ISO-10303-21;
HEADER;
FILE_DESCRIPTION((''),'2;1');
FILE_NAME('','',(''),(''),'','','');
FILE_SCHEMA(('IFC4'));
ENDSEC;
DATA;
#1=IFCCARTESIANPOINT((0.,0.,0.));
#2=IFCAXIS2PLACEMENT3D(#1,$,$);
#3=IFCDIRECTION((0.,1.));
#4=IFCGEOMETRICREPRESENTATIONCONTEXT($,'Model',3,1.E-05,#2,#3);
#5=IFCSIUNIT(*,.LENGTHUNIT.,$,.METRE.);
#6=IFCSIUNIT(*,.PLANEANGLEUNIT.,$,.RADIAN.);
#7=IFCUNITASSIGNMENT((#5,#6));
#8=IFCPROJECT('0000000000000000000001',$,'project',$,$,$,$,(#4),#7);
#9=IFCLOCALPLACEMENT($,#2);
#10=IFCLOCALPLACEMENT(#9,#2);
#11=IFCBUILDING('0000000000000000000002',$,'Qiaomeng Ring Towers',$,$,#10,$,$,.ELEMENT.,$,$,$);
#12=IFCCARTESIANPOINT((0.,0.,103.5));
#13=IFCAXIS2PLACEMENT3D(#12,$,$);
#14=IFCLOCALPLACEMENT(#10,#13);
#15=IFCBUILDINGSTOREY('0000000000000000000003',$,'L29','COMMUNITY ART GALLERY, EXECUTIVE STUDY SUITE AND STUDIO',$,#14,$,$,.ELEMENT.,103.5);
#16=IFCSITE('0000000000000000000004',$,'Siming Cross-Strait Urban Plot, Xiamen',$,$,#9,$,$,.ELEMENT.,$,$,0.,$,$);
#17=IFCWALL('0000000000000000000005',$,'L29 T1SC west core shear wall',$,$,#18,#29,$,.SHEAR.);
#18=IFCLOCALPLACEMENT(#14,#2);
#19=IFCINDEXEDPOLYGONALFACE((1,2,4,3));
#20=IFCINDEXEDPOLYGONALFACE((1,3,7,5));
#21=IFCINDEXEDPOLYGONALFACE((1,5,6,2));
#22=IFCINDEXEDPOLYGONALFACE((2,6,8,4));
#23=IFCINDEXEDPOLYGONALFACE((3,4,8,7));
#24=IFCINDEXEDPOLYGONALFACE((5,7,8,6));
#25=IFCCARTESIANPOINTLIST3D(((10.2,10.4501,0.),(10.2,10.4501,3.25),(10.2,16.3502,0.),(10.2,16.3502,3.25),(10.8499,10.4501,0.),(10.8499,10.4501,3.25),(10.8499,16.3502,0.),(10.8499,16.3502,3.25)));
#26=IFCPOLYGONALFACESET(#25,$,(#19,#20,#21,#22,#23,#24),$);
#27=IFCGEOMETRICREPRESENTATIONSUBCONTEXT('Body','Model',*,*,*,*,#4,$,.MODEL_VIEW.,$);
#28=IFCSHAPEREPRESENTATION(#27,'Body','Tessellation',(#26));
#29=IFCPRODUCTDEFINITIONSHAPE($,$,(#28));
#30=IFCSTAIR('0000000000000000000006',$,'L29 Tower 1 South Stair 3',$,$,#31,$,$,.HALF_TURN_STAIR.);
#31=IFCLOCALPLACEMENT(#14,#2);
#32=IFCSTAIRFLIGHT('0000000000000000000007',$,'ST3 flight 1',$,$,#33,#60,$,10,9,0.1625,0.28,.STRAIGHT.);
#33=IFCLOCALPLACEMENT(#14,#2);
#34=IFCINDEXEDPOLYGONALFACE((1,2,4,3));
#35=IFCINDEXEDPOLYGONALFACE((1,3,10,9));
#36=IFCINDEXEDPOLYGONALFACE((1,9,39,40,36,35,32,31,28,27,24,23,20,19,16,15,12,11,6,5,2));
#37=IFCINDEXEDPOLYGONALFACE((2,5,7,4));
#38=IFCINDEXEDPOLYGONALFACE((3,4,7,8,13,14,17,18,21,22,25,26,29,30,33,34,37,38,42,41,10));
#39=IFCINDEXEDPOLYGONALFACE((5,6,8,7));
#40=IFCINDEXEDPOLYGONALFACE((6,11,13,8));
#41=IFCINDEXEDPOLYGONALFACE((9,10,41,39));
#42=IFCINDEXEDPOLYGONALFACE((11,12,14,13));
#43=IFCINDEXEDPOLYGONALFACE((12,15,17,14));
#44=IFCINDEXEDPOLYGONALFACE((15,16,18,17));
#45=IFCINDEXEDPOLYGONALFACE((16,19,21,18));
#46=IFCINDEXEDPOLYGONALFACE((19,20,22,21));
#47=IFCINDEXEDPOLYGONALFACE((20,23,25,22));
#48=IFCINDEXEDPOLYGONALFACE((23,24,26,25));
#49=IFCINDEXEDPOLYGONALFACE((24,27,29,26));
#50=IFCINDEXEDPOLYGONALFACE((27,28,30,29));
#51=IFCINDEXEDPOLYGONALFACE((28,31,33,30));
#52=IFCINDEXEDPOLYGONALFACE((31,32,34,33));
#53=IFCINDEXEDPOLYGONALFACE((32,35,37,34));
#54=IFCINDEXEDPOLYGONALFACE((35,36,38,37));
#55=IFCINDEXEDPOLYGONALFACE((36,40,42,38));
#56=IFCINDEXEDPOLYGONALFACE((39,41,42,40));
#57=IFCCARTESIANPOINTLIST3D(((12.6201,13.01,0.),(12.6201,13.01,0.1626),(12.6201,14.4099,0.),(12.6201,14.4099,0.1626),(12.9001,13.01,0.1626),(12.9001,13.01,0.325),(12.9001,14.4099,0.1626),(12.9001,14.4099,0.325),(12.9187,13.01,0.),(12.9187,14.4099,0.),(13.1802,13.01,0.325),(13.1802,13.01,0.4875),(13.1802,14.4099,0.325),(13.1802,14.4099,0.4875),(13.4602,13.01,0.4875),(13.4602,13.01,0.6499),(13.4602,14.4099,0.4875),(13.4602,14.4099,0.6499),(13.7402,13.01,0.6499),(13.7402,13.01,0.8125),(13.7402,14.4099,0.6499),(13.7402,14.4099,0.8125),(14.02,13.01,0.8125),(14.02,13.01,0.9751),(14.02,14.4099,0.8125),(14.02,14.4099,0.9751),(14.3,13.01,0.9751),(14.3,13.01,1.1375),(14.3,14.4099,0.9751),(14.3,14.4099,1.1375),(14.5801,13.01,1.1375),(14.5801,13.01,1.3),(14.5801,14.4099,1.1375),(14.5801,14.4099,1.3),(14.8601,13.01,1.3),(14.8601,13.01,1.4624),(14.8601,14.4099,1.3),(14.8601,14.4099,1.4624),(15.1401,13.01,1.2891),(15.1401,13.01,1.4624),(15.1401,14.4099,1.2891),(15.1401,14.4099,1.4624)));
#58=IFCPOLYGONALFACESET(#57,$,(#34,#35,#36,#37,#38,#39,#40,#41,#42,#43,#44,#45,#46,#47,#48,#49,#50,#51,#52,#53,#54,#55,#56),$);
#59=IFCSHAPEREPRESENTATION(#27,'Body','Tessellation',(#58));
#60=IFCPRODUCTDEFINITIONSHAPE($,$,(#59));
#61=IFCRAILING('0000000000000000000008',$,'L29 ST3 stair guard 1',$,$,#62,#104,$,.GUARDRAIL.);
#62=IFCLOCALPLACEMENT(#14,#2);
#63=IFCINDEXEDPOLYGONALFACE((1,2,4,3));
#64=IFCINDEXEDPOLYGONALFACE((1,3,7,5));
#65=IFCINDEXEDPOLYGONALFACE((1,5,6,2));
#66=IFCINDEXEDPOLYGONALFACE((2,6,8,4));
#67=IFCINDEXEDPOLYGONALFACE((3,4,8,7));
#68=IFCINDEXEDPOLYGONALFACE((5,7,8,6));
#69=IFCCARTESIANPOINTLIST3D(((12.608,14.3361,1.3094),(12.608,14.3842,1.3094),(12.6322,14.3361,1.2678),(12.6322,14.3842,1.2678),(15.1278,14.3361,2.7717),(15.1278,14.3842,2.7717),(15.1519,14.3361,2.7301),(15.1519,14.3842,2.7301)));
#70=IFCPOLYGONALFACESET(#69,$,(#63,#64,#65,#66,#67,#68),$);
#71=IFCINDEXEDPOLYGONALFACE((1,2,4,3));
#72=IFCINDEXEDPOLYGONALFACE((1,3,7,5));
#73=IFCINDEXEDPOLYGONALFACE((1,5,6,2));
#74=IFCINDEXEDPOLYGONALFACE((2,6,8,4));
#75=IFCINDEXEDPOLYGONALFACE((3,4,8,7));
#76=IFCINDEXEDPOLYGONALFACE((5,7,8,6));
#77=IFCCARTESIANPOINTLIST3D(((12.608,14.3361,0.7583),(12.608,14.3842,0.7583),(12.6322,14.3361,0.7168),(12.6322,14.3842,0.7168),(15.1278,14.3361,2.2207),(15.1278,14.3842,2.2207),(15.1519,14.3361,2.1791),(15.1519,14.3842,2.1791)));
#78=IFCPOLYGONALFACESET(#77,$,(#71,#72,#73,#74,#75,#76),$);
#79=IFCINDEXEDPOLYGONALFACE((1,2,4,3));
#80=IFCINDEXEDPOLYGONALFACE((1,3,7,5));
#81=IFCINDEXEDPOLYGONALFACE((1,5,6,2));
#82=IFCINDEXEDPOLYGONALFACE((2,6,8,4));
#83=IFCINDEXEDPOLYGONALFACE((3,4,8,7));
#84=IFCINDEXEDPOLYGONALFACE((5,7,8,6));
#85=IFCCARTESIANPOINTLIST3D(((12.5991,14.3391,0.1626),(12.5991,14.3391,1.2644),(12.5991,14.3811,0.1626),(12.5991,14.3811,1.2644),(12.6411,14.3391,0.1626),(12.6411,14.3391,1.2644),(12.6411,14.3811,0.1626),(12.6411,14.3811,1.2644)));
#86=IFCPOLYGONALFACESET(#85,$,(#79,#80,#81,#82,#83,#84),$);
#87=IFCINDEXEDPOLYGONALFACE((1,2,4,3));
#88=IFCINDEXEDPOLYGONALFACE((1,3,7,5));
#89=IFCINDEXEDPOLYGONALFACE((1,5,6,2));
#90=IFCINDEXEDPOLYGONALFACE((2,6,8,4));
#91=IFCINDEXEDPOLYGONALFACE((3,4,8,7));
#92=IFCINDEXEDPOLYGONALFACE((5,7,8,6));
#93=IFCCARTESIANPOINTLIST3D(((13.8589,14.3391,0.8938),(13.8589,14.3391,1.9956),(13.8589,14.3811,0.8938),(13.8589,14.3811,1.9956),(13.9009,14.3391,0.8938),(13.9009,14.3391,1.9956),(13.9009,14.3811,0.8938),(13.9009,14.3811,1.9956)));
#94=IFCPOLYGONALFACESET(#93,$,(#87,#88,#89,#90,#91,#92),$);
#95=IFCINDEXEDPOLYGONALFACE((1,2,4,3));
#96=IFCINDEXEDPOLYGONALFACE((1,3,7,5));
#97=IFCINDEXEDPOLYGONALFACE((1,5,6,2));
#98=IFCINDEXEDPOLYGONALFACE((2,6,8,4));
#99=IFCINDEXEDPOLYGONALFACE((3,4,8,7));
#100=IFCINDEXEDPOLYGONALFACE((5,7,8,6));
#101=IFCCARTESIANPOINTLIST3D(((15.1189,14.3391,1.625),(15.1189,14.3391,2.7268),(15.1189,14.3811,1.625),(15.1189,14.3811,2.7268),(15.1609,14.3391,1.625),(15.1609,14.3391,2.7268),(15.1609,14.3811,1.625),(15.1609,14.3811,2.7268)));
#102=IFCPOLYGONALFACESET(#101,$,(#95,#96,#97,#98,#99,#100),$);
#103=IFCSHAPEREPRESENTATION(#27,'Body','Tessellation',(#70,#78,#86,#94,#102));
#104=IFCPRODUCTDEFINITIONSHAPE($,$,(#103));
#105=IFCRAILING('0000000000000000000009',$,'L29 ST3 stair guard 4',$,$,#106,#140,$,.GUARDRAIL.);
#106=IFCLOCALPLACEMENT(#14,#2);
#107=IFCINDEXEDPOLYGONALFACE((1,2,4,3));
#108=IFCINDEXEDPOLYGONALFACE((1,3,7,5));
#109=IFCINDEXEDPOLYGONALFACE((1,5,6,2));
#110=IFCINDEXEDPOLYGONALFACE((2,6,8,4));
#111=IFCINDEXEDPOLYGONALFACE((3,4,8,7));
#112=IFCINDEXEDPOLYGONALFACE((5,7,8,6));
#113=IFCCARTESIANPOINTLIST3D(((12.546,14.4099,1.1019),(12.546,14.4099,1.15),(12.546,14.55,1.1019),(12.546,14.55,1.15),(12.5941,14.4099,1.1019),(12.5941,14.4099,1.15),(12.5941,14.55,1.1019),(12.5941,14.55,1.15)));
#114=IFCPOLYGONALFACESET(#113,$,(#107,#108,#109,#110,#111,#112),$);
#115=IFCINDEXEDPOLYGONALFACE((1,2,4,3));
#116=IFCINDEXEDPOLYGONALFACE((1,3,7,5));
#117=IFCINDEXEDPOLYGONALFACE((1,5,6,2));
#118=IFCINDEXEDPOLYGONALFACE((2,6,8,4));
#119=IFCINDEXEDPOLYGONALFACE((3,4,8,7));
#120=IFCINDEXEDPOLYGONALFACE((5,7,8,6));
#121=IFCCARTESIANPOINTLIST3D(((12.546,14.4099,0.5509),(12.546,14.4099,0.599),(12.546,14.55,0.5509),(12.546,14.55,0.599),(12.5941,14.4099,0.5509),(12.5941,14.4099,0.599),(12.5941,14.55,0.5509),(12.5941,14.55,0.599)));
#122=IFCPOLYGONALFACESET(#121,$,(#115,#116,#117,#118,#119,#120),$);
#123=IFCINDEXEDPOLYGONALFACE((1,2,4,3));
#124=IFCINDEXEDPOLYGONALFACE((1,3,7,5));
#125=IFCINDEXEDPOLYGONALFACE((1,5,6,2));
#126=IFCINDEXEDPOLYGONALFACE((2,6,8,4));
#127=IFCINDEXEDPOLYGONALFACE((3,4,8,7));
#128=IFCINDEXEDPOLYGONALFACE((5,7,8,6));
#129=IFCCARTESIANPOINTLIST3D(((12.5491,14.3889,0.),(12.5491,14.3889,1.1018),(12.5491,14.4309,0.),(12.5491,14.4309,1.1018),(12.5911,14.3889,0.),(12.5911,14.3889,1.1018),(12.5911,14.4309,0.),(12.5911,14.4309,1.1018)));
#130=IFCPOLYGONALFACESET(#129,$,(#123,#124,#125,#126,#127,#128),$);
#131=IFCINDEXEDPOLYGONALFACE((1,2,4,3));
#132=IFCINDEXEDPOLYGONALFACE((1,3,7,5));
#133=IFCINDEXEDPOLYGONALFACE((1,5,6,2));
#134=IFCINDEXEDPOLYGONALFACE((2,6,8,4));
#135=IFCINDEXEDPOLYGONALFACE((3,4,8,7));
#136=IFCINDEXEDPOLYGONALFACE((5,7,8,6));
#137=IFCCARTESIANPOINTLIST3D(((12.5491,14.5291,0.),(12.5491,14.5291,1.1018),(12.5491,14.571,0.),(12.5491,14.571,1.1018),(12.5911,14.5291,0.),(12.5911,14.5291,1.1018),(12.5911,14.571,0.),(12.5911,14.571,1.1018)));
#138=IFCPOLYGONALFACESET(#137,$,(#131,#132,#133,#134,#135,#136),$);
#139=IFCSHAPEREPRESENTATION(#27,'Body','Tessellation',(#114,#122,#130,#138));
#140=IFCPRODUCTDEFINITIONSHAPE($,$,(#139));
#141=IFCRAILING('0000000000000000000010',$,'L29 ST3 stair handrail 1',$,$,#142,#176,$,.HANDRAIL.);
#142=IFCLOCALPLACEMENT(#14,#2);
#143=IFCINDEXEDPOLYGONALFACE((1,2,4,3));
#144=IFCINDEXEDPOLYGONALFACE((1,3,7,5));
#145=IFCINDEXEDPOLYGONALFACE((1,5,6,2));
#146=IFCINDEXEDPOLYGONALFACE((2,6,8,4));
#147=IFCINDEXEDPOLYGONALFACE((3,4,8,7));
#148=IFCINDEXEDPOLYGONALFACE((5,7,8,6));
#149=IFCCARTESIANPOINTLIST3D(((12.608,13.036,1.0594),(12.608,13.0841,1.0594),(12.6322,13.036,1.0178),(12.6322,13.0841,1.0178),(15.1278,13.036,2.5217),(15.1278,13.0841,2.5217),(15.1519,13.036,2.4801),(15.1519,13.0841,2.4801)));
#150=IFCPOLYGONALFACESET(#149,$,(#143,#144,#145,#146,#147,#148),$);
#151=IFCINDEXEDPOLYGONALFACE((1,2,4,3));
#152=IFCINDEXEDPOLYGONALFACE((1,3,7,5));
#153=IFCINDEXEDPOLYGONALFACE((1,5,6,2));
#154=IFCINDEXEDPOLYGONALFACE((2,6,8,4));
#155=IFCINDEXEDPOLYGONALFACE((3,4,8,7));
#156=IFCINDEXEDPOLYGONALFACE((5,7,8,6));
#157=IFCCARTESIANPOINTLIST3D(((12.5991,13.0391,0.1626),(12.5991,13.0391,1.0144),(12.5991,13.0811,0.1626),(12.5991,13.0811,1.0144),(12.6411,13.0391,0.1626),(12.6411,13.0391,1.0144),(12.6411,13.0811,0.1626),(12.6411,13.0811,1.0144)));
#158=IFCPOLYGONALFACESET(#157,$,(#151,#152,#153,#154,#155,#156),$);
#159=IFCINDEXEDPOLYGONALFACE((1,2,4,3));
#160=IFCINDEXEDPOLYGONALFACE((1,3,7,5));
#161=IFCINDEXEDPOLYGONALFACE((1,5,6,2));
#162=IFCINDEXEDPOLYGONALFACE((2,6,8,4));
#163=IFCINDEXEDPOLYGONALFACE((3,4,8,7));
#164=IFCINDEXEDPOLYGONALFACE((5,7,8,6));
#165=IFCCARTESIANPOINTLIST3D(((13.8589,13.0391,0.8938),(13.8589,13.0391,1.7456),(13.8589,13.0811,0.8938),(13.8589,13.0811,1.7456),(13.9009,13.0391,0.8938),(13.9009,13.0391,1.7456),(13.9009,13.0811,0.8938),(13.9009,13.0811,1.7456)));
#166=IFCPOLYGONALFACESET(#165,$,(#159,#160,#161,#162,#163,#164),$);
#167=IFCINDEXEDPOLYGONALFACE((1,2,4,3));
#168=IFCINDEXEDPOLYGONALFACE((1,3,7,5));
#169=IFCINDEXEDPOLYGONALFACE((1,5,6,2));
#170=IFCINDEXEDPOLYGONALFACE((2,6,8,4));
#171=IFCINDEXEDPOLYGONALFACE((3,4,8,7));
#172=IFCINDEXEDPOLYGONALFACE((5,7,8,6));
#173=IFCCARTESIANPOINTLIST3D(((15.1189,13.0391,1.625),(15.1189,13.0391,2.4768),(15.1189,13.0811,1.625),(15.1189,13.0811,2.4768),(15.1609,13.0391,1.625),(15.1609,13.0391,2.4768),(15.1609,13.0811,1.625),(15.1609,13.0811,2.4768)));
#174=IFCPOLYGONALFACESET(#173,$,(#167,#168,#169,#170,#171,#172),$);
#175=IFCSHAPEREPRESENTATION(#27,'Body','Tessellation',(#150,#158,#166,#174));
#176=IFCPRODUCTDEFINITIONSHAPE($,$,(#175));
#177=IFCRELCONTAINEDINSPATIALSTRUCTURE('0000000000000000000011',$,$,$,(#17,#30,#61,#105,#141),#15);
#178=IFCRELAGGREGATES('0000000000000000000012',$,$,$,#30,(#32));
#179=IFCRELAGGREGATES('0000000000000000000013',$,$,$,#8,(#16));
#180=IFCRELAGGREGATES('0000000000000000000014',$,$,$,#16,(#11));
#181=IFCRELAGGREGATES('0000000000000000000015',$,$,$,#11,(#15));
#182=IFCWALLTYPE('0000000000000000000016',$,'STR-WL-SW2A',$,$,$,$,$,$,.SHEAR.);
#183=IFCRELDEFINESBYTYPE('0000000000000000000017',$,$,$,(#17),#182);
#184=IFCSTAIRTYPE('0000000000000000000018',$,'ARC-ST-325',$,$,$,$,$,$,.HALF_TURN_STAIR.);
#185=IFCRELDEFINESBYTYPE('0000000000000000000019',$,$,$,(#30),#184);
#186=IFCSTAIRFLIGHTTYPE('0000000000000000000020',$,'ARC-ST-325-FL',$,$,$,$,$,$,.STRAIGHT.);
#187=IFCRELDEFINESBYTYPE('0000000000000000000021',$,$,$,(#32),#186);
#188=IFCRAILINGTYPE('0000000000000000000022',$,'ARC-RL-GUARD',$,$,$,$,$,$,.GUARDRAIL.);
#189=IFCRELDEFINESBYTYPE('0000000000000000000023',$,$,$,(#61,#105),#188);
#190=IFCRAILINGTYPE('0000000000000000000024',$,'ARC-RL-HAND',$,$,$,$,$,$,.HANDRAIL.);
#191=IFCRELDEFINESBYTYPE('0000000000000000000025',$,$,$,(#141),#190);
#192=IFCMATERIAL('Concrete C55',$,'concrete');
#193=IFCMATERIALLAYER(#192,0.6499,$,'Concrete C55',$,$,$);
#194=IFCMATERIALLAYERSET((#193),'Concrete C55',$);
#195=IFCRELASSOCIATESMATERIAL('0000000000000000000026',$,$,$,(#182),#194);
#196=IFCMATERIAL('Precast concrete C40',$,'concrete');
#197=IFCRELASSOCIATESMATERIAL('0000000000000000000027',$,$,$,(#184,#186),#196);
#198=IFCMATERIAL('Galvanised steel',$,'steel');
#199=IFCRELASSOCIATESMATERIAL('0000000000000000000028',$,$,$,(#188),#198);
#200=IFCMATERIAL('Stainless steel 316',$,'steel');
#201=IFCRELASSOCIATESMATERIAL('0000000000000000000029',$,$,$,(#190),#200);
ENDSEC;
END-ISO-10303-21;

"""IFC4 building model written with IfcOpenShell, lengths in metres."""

from ifc_helpers import new_model, si_unit, direction, frame, frame_2d, origin, origin_2d, place, context, subcontext, project, spatial, polyline, rectangle, outline, extrude, source, transform, mapped, material, layer, layer_set, type_object, element, aggregate, save


model = new_model("IFC4")

# Units and contexts
model_context = context("Model", 3, precision=1e-05, world=origin(), true_north=direction((0.0, 1.0)))
body_context = subcontext(model_context, "Body", "Model", "MODEL_VIEW")
ifc_project = project(units=[si_unit("LENGTHUNIT", "METRE"), si_unit("PLANEANGLEUNIT", "RADIAN")], contexts=[model_context])

# Site, building, storey
site_placement = place(None, origin())
site = spatial("IfcSite", under=ifc_project, at=site_placement, Name="Siming Cross-Strait Urban Plot, Xiamen", CompositionType="ELEMENT", RefElevation=0.0)
building_placement = place(site_placement, origin())
building = spatial("IfcBuilding", under=site, at=building_placement, Name="Qiaomeng Ring Towers", CompositionType="ELEMENT")
storey_placement = place(building_placement, frame((0.0, 0.0, 103.5)))
storey = spatial("IfcBuildingStorey", under=building, at=storey_placement, Name="L29", Description="COMMUNITY ART GALLERY, EXECUTIVE STUDY SUITE AND STUDIO", CompositionType="ELEMENT", Elevation=103.5)

# Shared definitions
ifc_material_1 = material(Name="Galvanised steel", Category="steel")

# Shared definitions
ifc_material_2 = material(Name="Concrete C55", Category="concrete")
ifc_layer_1 = layer(ifc_material_2, 0.6499, Name="Concrete C55")
ifc_layer_set_1 = layer_set([ifc_layer_1], Name="Concrete C55")
wall_type_1 = type_object("IfcWallType", Name="STR-WL-SW2A", PredefinedType="SHEAR", material=ifc_layer_set_1)
ifc_material_3 = material(Name="Stainless steel 316", Category="steel")

# Wall
wall_1_placement = place(storey_placement, frame((10.5249, 10.45, 0.0), z_axis=(0.0, 0.0, 1.0), x_axis=(0.0, 1.0, 0.0)))
element("IfcWall", 1, at=wall_1_placement, inside=storey, type_object=wall_type_1, Name="L29 T1SC west core shear wall", PredefinedType="SHEAR", context=body_context, shape_type="SweptSolid", body=[
    extrude(rectangle(XDim=5.9001, YDim=0.6499, at=frame_2d((2.9502, 0.0))), origin(), (0.0, 0.0, 1.0), 3.25),
])

# Stair, stair flight
ifc_material_4 = material(Name="Precast concrete C40", Category="concrete")
stair_type = type_object("IfcStairType", Name="ARC-ST-325", PredefinedType="HALF_TURN_STAIR", material=ifc_material_4)
stair_placement = place(storey_placement, origin())
stair = element("IfcStair", 2, at=stair_placement, inside=storey, type_object=stair_type, Name="L29 Tower 1 South Stair 3", PredefinedType="HALF_TURN_STAIR")
stair_flight_type = type_object("IfcStairFlightType", Name="ARC-ST-325-FL", PredefinedType="STRAIGHT", material=ifc_material_4)
shared_shape_1 = source(origin(), body_context, "Body", "SweptSolid", [
    extrude(outline(polyline([(0.0, 0.0), (0.0, 0.1626), (0.28, 0.1626), (0.28, 0.325), (0.5601, 0.325), (0.5601, 0.4875), (0.8401, 0.4875), (0.8401, 0.6499), (1.1201, 0.6499), (1.1201, 0.8125), (1.3999, 0.8125), (1.3999, 0.9751), (1.6799, 0.9751), (1.6799, 1.1375), (1.96, 1.1375), (1.96, 1.3), (2.24, 1.3), (2.24, 1.4624), (2.52, 1.4624), (2.52, 1.625), (2.52, 1.2891), (0.2986, 0.0), (0.0, 0.0)])), frame((0.0, 0.7, 0.0), z_axis=(0.0, -1.0, 0.0), x_axis=(1.0, 0.0, 0.0)), (0.0, 0.0, 1.0), 1.3999),
])
stair_flight_placement = place(storey_placement, frame((12.6201, 13.71, 0.0), z_axis=(0.0, 0.0, 1.0), x_axis=(1.0, 0.0, 0.0)))
stair_flight = element("IfcStairFlight", 3, at=stair_flight_placement, type_object=stair_flight_type, Name="ST3 flight 1", NumberOfRisers=10, NumberOfTreads=9, PredefinedType="STRAIGHT", RiserHeight=0.1625, TreadLength=0.28, context=body_context, shape_type="MappedRepresentation", body=[
    mapped(shared_shape_1, transform((0.0, 0.0, 0.0), x_axis=(1.0, 0.0, 0.0), y_axis=(0.0, 1.0, 0.0), z_axis=(0.0, 0.0, 1.0), scale=1.0)),
])
aggregate(stair, [stair_flight])

# Railings
railing_type_1 = type_object("IfcRailingType", Name="ARC-RL-GUARD", PredefinedType="GUARDRAIL", material=ifc_material_1)
railing_1_placement = place(storey_placement, frame((12.6201, 14.3601, 0.1626)))
element("IfcRailing", 4, at=railing_1_placement, inside=storey, type_object=railing_type_1, Name="L29 ST3 stair guard 1", PredefinedType="GUARDRAIL", context=body_context, shape_type="SweptSolid", body=[
    extrude(rectangle(XDim=0.0481, YDim=0.0481, at=origin_2d()), frame((0.0, 0.0, 1.126), z_axis=(0.864892, 0.0, 0.501958), x_axis=(0.0, 1.0, 0.0)), (0.0, 0.0, 1.0), 2.9133),
    extrude(rectangle(XDim=0.0481, YDim=0.0481, at=origin_2d()), frame((0.0, 0.0, 0.575), z_axis=(0.864892, 0.0, 0.501958), x_axis=(0.0, 1.0, 0.0)), (0.0, 0.0, 1.0), 2.9133),
    extrude(rectangle(XDim=0.042, YDim=0.042, at=origin_2d()), origin(), (0.0, 0.0, 1.0), 1.1018),
    extrude(rectangle(XDim=0.042, YDim=0.042, at=origin_2d()), frame((1.2598, 0.0, 0.7312)), (0.0, 0.0, 1.0), 1.1018),
    extrude(rectangle(XDim=0.042, YDim=0.042, at=origin_2d()), frame((2.5198, 0.0, 1.4624)), (0.0, 0.0, 1.0), 1.1018),
])
railing_2_placement = place(storey_placement, frame((12.5701, 14.4099, 0.0)))
element("IfcRailing", 5, at=railing_2_placement, inside=storey, type_object=railing_type_1, Name="L29 ST3 stair guard 4", PredefinedType="GUARDRAIL", context=body_context, shape_type="SweptSolid", body=[
    extrude(rectangle(XDim=0.0481, YDim=0.0481, at=origin_2d()), frame((0.0, 0.0, 1.126), z_axis=(0.0, 1.0, 0.0), x_axis=(-1.0, 0.0, 0.0)), (0.0, 0.0, 1.0), 0.1401),
    extrude(rectangle(XDim=0.0481, YDim=0.0481, at=origin_2d()), frame((0.0, 0.0, 0.575), z_axis=(0.0, 1.0, 0.0), x_axis=(-1.0, 0.0, 0.0)), (0.0, 0.0, 1.0), 0.1401),
    extrude(rectangle(XDim=0.042, YDim=0.042, at=origin_2d()), origin(), (0.0, 0.0, 1.0), 1.1018),
    extrude(rectangle(XDim=0.042, YDim=0.042, at=origin_2d()), frame((0.0, 0.1401, 0.0)), (0.0, 0.0, 1.0), 1.1018),
])
railing_type_2 = type_object("IfcRailingType", Name="ARC-RL-HAND", PredefinedType="HANDRAIL", material=ifc_material_3)
railing_3_placement = place(storey_placement, frame((12.6201, 13.0601, 0.1626)))
element("IfcRailing", 6, at=railing_3_placement, inside=storey, type_object=railing_type_2, Name="L29 ST3 stair handrail 1", PredefinedType="HANDRAIL", context=body_context, shape_type="SweptSolid", body=[
    extrude(rectangle(XDim=0.0481, YDim=0.0481, at=origin_2d()), frame((0.0, 0.0, 0.876), z_axis=(0.864892, 0.0, 0.501958), x_axis=(0.0, 1.0, 0.0)), (0.0, 0.0, 1.0), 2.9133),
    extrude(rectangle(XDim=0.042, YDim=0.042, at=origin_2d()), origin(), (0.0, 0.0, 1.0), 0.8518),
    extrude(rectangle(XDim=0.042, YDim=0.042, at=origin_2d()), frame((1.2598, 0.0, 0.7312)), (0.0, 0.0, 1.0), 0.8518),
    extrude(rectangle(XDim=0.042, YDim=0.042, at=origin_2d()), frame((2.5198, 0.0, 1.4624)), (0.0, 0.0, 1.0), 0.8518),
])

save(model, "model.ifc")
